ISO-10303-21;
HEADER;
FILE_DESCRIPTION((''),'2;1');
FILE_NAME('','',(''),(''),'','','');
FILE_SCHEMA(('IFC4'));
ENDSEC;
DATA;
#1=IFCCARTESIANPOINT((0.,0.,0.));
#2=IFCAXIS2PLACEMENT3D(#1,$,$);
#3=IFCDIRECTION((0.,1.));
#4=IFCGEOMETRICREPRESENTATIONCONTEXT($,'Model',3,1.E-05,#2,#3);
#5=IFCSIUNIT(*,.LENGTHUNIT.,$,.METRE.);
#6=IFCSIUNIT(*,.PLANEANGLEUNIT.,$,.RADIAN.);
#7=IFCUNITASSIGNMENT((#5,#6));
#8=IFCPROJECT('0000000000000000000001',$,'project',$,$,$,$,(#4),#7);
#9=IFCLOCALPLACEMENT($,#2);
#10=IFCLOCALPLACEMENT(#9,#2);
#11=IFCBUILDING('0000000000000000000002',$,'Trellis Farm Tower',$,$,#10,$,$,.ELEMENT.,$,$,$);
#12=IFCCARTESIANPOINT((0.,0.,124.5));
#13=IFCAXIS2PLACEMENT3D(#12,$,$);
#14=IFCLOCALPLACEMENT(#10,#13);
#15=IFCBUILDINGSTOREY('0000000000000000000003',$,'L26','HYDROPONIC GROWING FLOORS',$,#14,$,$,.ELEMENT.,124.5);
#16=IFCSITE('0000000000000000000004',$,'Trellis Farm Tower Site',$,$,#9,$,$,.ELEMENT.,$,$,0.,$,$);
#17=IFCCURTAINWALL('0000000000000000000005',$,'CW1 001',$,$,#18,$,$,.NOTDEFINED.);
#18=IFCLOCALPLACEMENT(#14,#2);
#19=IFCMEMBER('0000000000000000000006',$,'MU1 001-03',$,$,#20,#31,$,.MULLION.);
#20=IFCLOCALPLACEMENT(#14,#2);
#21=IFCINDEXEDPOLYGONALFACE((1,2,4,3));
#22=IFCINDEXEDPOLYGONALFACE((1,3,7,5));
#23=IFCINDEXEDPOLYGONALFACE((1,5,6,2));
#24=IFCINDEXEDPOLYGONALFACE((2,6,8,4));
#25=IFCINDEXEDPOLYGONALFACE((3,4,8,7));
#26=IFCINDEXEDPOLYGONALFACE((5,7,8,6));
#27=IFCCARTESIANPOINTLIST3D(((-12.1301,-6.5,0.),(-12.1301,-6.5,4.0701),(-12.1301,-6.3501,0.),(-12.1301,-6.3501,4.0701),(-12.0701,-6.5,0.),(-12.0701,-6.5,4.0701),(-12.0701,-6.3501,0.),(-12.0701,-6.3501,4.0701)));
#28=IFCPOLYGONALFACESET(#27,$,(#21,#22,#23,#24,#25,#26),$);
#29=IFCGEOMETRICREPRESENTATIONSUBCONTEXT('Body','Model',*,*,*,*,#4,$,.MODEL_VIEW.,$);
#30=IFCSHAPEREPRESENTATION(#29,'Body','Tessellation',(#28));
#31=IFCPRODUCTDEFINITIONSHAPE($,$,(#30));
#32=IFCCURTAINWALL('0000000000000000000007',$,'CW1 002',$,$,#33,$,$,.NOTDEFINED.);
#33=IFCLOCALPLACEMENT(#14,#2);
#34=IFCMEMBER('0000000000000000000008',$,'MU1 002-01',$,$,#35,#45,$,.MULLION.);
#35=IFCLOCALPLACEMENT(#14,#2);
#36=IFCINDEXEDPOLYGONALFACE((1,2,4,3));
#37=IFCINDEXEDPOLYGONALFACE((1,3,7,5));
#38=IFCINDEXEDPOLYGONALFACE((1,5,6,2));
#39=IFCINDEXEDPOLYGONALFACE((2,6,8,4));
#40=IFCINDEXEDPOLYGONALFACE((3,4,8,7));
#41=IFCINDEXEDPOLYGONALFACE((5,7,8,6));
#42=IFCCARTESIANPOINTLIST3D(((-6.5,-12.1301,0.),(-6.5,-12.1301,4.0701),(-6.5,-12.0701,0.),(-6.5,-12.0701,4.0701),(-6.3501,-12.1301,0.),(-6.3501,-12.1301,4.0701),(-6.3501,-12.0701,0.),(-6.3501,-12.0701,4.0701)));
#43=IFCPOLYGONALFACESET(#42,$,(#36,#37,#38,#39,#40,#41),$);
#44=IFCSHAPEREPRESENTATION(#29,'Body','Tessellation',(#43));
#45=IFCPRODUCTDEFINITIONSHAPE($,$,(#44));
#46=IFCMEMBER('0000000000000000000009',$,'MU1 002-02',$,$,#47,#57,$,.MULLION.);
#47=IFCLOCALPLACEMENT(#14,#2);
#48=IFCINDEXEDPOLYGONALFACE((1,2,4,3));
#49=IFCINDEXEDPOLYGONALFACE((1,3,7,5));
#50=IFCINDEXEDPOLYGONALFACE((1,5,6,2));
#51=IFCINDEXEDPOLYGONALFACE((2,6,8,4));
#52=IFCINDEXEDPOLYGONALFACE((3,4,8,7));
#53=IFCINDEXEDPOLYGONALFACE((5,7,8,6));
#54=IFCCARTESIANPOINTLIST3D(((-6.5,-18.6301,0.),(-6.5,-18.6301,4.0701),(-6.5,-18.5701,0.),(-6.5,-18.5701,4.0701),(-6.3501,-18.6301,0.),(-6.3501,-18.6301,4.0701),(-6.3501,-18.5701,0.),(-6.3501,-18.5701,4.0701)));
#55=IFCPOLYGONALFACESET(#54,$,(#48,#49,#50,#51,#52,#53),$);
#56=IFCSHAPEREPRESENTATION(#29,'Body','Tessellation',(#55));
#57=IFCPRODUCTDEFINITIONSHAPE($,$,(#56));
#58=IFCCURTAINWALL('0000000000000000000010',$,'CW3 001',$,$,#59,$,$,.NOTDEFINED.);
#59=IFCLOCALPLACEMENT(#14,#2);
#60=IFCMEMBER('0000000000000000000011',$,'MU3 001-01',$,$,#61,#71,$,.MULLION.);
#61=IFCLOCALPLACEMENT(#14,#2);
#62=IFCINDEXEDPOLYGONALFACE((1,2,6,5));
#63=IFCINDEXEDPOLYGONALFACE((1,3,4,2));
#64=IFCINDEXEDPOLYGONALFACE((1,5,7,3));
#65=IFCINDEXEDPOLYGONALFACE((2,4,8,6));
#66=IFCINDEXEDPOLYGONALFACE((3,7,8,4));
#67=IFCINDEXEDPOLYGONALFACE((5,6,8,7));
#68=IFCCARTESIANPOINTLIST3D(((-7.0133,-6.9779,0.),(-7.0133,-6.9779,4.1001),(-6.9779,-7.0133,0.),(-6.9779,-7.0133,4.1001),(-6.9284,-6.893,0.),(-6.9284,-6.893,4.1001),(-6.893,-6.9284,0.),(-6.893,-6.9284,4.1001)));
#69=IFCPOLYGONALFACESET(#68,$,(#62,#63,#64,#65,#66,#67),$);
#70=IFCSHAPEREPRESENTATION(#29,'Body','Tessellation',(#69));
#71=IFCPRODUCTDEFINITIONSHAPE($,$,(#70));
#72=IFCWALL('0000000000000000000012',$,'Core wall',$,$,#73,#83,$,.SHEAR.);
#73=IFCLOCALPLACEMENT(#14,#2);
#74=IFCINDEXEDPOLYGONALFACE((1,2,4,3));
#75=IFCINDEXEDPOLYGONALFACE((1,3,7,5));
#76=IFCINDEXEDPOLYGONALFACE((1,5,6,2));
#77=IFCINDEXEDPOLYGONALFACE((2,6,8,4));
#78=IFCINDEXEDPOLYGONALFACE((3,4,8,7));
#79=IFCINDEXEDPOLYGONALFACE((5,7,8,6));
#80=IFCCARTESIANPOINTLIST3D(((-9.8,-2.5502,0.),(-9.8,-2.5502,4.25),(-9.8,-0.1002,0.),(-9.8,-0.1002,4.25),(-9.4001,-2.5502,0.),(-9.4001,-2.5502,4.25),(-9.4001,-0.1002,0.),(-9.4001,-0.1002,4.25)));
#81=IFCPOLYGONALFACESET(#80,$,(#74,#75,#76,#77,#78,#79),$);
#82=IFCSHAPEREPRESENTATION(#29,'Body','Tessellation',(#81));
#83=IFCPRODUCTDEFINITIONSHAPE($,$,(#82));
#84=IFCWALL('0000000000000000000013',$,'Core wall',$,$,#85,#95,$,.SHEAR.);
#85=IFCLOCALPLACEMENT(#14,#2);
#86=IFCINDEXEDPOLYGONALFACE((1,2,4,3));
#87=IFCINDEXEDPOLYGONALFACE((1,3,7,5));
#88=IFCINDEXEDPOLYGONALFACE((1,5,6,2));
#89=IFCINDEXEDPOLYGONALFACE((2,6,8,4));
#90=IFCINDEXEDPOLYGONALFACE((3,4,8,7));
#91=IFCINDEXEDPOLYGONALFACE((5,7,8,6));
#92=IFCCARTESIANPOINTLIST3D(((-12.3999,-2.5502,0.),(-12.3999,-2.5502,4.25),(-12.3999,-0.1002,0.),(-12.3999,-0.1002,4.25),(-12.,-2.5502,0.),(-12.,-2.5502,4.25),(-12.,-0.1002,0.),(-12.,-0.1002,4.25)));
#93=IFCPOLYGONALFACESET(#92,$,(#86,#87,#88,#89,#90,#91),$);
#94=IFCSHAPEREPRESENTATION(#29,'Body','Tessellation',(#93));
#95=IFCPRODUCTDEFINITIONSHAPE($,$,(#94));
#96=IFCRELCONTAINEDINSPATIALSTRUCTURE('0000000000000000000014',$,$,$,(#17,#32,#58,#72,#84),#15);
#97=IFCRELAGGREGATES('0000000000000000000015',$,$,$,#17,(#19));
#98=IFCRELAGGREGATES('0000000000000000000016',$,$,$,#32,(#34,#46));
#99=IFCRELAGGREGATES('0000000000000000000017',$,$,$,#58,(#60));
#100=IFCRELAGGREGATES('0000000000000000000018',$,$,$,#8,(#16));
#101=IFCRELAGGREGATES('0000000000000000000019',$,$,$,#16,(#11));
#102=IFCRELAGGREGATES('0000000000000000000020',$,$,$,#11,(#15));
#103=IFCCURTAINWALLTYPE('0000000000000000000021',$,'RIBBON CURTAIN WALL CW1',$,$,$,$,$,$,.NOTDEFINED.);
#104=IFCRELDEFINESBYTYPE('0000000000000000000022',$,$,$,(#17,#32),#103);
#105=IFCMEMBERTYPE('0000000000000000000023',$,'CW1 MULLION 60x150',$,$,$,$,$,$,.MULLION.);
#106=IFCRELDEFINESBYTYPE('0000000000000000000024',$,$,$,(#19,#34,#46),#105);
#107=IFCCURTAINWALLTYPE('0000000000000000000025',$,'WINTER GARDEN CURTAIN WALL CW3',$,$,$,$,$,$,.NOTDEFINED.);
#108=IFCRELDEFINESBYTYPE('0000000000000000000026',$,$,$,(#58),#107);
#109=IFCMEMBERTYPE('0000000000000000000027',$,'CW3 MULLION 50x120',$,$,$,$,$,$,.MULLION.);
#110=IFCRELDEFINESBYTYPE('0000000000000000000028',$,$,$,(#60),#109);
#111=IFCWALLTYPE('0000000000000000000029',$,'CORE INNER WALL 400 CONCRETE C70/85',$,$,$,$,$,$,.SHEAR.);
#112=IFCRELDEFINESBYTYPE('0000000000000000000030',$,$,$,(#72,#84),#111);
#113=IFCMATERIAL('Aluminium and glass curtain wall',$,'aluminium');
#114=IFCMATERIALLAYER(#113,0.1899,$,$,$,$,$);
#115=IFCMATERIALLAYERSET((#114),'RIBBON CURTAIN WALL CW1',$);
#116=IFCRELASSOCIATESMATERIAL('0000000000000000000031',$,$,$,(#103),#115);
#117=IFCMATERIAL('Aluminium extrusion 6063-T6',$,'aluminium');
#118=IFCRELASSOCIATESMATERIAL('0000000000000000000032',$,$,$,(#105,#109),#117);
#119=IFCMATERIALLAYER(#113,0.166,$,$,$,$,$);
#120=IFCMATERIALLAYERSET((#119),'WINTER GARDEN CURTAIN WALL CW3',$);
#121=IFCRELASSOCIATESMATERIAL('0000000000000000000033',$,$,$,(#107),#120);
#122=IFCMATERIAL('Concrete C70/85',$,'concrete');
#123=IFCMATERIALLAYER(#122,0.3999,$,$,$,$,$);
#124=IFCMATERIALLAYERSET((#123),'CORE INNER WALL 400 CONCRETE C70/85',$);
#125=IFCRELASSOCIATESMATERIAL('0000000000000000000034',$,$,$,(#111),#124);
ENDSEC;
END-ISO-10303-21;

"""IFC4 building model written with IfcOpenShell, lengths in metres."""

from ifc_helpers import new_model, si_unit, direction, frame, frame_2d, origin, origin_2d, place, context, subcontext, project, spatial, rectangle, extrude, source, transform, mapped, material, layer, layer_set, material_profile, profile_set, type_object, element, aggregate, save


model = new_model("IFC4")

# Units and contexts
model_context = context("Model", 3, precision=1e-05, world=origin(), true_north=direction((0.0, 1.0)))
body_context = subcontext(model_context, "Body", "Model", "MODEL_VIEW")
ifc_project = project(units=[si_unit("LENGTHUNIT", "METRE"), si_unit("PLANEANGLEUNIT", "RADIAN")], contexts=[model_context])

# Site, building, storey
site_placement = place(None, origin())
site = spatial("IfcSite", under=ifc_project, at=site_placement, Name="Trellis Farm Tower Site", CompositionType="ELEMENT", RefElevation=0.0)
building_placement = place(site_placement, origin())
building = spatial("IfcBuilding", under=site, at=building_placement, Name="Trellis Farm Tower", CompositionType="ELEMENT")
storey_placement = place(building_placement, frame((0.0, 0.0, 124.5)))
storey = spatial("IfcBuildingStorey", under=building, at=storey_placement, Name="L26", Description="HYDROPONIC GROWING FLOORS", CompositionType="ELEMENT", Elevation=124.5)

# Curtain wall, member
ifc_material_1 = material(Name="Aluminium and glass curtain wall", Category="aluminium")
ifc_layer_1 = layer(ifc_material_1, 0.1899)
ifc_layer_set_1 = layer_set([ifc_layer_1], Name="RIBBON CURTAIN WALL CW1")
curtain_wall_type_1 = type_object("IfcCurtainWallType", Name="RIBBON CURTAIN WALL CW1", PredefinedType="NOTDEFINED", material=ifc_layer_set_1)
placement = place(storey_placement, origin())
curtain_wall_1 = element("IfcCurtainWall", 1, at=placement, inside=storey, type_object=curtain_wall_type_1, Name="CW1 001", PredefinedType="NOTDEFINED")
ifc_material_2 = material(Name="Aluminium extrusion 6063-T6", Category="aluminium")
ifc_material_profile_1 = material_profile(ifc_material_2, rectangle(XDim=0.0601, YDim=0.1499, at=origin_2d()), Name="MULLION 60x150")
ifc_profile_set_1 = profile_set([ifc_material_profile_1], Name="Aluminium extrusion 6063-T6")
member_type_1 = type_object("IfcMemberType", Name="CW1 MULLION 60x150", PredefinedType="MULLION", material=ifc_profile_set_1)
shared_shape_1 = source(origin(), body_context, "Body", "SweptSolid", [
    extrude(rectangle(XDim=0.0601, YDim=0.1499, at=origin_2d()), origin(), (0.0, 0.0, 1.0), 4.0701),
])
member_1_placement = place(storey_placement, frame((-12.1001, -6.425, 0.0), z_axis=(0.0, 0.0, 1.0), x_axis=(1.0, 0.0, 0.0)))
member_1 = element("IfcMember", 2, at=member_1_placement, type_object=member_type_1, Name="MU1 001-03", PredefinedType="MULLION", context=body_context, shape_type="MappedRepresentation", body=[
    mapped(shared_shape_1, transform((0.0, 0.0, 0.0))),
])
aggregate(curtain_wall_1, [member_1])

# Curtain wall, members
curtain_wall_2 = element("IfcCurtainWall", 3, at=placement, inside=storey, type_object=curtain_wall_type_1, Name="CW1 002", PredefinedType="NOTDEFINED")
member_2_placement = place(storey_placement, frame((-6.425, -12.1001, 0.0), z_axis=(0.0, 0.0, 1.0), x_axis=(0.0, -1.0, 0.0)))
member_2 = element("IfcMember", 4, at=member_2_placement, type_object=member_type_1, Name="MU1 002-01", PredefinedType="MULLION", context=body_context, shape_type="MappedRepresentation", body=[
    mapped(shared_shape_1, transform((0.0, 0.0, 0.0))),
])
member_3_placement = place(storey_placement, frame((-6.425, -18.6001, 0.0), z_axis=(0.0, 0.0, 1.0), x_axis=(0.0, -1.0, 0.0)))
member_3 = element("IfcMember", 5, at=member_3_placement, type_object=member_type_1, Name="MU1 002-02", PredefinedType="MULLION", context=body_context, shape_type="MappedRepresentation", body=[
    mapped(shared_shape_1, transform((0.0, 0.0, 0.0))),
])
aggregate(curtain_wall_2, [member_2, member_3])

# Curtain wall, member
ifc_layer_2 = layer(ifc_material_1, 0.166)
ifc_layer_set_2 = layer_set([ifc_layer_2], Name="WINTER GARDEN CURTAIN WALL CW3")
curtain_wall_type_2 = type_object("IfcCurtainWallType", Name="WINTER GARDEN CURTAIN WALL CW3", PredefinedType="NOTDEFINED", material=ifc_layer_set_2)
curtain_wall_3 = element("IfcCurtainWall", 6, at=placement, inside=storey, type_object=curtain_wall_type_2, Name="CW3 001", PredefinedType="NOTDEFINED")
ifc_material_profile_2 = material_profile(ifc_material_2, rectangle(XDim=0.05, YDim=0.1201, at=origin_2d()), Name="MULLION 50x120")
ifc_profile_set_2 = profile_set([ifc_material_profile_2], Name="Aluminium extrusion 6063-T6")
member_type_2 = type_object("IfcMemberType", Name="CW3 MULLION 50x120", PredefinedType="MULLION", material=ifc_profile_set_2)
shared_shape_2 = source(origin(), body_context, "Body", "SweptSolid", [
    extrude(rectangle(XDim=0.05, YDim=0.1201, at=origin_2d()), origin(), (0.0, 0.0, 1.0), 4.1001),
])
member_4_placement = place(storey_placement, frame((-6.9531, -6.9531, 0.0), z_axis=(0.0, 0.0, 1.0), x_axis=(0.707107, -0.707107, 0.0)))
member_4 = element("IfcMember", 7, at=member_4_placement, type_object=member_type_2, Name="MU3 001-01", PredefinedType="MULLION", context=body_context, shape_type="MappedRepresentation", body=[
    mapped(shared_shape_2, transform((0.0, 0.0, 0.0))),
])
aggregate(curtain_wall_3, [member_4])

# Walls
ifc_material_3 = material(Name="Concrete C70/85", Category="concrete")
ifc_layer_3 = layer(ifc_material_3, 0.3999)
ifc_layer_set_3 = layer_set([ifc_layer_3], Name="CORE INNER WALL 400 CONCRETE C70/85")
wall_type_1 = type_object("IfcWallType", Name="CORE INNER WALL 400 CONCRETE C70/85", PredefinedType="SHEAR", material=ifc_layer_set_3)
shared_shape_3 = source(origin(), body_context, "Body", "SweptSolid", [
    extrude(rectangle(XDim=2.45, YDim=0.3999, at=frame_2d((1.2251, 0.0))), origin(), (0.0, 0.0, 1.0), 4.25),
])
for number, where, z_axis, x_axis, name in (
    (8, (-9.6001, -0.1001, 0.0), (0.0, 0.0, 1.0), (0.0, -1.0, 0.0), "Core wall"),
    (9, (-12.2, -0.1001, 0.0), (0.0, 0.0, 1.0), (0.0, -1.0, 0.0), "Core wall"),
):
    element("IfcWall", number, at=place(storey_placement, frame(where, z_axis=z_axis, x_axis=x_axis)), inside=storey, type_object=wall_type_1, Name=name, PredefinedType="SHEAR", context=body_context, shape_type="MappedRepresentation", body=[
        mapped(shared_shape_3, transform((0.0, 0.0, 0.0))),
    ])

save(model, "model.ifc")
